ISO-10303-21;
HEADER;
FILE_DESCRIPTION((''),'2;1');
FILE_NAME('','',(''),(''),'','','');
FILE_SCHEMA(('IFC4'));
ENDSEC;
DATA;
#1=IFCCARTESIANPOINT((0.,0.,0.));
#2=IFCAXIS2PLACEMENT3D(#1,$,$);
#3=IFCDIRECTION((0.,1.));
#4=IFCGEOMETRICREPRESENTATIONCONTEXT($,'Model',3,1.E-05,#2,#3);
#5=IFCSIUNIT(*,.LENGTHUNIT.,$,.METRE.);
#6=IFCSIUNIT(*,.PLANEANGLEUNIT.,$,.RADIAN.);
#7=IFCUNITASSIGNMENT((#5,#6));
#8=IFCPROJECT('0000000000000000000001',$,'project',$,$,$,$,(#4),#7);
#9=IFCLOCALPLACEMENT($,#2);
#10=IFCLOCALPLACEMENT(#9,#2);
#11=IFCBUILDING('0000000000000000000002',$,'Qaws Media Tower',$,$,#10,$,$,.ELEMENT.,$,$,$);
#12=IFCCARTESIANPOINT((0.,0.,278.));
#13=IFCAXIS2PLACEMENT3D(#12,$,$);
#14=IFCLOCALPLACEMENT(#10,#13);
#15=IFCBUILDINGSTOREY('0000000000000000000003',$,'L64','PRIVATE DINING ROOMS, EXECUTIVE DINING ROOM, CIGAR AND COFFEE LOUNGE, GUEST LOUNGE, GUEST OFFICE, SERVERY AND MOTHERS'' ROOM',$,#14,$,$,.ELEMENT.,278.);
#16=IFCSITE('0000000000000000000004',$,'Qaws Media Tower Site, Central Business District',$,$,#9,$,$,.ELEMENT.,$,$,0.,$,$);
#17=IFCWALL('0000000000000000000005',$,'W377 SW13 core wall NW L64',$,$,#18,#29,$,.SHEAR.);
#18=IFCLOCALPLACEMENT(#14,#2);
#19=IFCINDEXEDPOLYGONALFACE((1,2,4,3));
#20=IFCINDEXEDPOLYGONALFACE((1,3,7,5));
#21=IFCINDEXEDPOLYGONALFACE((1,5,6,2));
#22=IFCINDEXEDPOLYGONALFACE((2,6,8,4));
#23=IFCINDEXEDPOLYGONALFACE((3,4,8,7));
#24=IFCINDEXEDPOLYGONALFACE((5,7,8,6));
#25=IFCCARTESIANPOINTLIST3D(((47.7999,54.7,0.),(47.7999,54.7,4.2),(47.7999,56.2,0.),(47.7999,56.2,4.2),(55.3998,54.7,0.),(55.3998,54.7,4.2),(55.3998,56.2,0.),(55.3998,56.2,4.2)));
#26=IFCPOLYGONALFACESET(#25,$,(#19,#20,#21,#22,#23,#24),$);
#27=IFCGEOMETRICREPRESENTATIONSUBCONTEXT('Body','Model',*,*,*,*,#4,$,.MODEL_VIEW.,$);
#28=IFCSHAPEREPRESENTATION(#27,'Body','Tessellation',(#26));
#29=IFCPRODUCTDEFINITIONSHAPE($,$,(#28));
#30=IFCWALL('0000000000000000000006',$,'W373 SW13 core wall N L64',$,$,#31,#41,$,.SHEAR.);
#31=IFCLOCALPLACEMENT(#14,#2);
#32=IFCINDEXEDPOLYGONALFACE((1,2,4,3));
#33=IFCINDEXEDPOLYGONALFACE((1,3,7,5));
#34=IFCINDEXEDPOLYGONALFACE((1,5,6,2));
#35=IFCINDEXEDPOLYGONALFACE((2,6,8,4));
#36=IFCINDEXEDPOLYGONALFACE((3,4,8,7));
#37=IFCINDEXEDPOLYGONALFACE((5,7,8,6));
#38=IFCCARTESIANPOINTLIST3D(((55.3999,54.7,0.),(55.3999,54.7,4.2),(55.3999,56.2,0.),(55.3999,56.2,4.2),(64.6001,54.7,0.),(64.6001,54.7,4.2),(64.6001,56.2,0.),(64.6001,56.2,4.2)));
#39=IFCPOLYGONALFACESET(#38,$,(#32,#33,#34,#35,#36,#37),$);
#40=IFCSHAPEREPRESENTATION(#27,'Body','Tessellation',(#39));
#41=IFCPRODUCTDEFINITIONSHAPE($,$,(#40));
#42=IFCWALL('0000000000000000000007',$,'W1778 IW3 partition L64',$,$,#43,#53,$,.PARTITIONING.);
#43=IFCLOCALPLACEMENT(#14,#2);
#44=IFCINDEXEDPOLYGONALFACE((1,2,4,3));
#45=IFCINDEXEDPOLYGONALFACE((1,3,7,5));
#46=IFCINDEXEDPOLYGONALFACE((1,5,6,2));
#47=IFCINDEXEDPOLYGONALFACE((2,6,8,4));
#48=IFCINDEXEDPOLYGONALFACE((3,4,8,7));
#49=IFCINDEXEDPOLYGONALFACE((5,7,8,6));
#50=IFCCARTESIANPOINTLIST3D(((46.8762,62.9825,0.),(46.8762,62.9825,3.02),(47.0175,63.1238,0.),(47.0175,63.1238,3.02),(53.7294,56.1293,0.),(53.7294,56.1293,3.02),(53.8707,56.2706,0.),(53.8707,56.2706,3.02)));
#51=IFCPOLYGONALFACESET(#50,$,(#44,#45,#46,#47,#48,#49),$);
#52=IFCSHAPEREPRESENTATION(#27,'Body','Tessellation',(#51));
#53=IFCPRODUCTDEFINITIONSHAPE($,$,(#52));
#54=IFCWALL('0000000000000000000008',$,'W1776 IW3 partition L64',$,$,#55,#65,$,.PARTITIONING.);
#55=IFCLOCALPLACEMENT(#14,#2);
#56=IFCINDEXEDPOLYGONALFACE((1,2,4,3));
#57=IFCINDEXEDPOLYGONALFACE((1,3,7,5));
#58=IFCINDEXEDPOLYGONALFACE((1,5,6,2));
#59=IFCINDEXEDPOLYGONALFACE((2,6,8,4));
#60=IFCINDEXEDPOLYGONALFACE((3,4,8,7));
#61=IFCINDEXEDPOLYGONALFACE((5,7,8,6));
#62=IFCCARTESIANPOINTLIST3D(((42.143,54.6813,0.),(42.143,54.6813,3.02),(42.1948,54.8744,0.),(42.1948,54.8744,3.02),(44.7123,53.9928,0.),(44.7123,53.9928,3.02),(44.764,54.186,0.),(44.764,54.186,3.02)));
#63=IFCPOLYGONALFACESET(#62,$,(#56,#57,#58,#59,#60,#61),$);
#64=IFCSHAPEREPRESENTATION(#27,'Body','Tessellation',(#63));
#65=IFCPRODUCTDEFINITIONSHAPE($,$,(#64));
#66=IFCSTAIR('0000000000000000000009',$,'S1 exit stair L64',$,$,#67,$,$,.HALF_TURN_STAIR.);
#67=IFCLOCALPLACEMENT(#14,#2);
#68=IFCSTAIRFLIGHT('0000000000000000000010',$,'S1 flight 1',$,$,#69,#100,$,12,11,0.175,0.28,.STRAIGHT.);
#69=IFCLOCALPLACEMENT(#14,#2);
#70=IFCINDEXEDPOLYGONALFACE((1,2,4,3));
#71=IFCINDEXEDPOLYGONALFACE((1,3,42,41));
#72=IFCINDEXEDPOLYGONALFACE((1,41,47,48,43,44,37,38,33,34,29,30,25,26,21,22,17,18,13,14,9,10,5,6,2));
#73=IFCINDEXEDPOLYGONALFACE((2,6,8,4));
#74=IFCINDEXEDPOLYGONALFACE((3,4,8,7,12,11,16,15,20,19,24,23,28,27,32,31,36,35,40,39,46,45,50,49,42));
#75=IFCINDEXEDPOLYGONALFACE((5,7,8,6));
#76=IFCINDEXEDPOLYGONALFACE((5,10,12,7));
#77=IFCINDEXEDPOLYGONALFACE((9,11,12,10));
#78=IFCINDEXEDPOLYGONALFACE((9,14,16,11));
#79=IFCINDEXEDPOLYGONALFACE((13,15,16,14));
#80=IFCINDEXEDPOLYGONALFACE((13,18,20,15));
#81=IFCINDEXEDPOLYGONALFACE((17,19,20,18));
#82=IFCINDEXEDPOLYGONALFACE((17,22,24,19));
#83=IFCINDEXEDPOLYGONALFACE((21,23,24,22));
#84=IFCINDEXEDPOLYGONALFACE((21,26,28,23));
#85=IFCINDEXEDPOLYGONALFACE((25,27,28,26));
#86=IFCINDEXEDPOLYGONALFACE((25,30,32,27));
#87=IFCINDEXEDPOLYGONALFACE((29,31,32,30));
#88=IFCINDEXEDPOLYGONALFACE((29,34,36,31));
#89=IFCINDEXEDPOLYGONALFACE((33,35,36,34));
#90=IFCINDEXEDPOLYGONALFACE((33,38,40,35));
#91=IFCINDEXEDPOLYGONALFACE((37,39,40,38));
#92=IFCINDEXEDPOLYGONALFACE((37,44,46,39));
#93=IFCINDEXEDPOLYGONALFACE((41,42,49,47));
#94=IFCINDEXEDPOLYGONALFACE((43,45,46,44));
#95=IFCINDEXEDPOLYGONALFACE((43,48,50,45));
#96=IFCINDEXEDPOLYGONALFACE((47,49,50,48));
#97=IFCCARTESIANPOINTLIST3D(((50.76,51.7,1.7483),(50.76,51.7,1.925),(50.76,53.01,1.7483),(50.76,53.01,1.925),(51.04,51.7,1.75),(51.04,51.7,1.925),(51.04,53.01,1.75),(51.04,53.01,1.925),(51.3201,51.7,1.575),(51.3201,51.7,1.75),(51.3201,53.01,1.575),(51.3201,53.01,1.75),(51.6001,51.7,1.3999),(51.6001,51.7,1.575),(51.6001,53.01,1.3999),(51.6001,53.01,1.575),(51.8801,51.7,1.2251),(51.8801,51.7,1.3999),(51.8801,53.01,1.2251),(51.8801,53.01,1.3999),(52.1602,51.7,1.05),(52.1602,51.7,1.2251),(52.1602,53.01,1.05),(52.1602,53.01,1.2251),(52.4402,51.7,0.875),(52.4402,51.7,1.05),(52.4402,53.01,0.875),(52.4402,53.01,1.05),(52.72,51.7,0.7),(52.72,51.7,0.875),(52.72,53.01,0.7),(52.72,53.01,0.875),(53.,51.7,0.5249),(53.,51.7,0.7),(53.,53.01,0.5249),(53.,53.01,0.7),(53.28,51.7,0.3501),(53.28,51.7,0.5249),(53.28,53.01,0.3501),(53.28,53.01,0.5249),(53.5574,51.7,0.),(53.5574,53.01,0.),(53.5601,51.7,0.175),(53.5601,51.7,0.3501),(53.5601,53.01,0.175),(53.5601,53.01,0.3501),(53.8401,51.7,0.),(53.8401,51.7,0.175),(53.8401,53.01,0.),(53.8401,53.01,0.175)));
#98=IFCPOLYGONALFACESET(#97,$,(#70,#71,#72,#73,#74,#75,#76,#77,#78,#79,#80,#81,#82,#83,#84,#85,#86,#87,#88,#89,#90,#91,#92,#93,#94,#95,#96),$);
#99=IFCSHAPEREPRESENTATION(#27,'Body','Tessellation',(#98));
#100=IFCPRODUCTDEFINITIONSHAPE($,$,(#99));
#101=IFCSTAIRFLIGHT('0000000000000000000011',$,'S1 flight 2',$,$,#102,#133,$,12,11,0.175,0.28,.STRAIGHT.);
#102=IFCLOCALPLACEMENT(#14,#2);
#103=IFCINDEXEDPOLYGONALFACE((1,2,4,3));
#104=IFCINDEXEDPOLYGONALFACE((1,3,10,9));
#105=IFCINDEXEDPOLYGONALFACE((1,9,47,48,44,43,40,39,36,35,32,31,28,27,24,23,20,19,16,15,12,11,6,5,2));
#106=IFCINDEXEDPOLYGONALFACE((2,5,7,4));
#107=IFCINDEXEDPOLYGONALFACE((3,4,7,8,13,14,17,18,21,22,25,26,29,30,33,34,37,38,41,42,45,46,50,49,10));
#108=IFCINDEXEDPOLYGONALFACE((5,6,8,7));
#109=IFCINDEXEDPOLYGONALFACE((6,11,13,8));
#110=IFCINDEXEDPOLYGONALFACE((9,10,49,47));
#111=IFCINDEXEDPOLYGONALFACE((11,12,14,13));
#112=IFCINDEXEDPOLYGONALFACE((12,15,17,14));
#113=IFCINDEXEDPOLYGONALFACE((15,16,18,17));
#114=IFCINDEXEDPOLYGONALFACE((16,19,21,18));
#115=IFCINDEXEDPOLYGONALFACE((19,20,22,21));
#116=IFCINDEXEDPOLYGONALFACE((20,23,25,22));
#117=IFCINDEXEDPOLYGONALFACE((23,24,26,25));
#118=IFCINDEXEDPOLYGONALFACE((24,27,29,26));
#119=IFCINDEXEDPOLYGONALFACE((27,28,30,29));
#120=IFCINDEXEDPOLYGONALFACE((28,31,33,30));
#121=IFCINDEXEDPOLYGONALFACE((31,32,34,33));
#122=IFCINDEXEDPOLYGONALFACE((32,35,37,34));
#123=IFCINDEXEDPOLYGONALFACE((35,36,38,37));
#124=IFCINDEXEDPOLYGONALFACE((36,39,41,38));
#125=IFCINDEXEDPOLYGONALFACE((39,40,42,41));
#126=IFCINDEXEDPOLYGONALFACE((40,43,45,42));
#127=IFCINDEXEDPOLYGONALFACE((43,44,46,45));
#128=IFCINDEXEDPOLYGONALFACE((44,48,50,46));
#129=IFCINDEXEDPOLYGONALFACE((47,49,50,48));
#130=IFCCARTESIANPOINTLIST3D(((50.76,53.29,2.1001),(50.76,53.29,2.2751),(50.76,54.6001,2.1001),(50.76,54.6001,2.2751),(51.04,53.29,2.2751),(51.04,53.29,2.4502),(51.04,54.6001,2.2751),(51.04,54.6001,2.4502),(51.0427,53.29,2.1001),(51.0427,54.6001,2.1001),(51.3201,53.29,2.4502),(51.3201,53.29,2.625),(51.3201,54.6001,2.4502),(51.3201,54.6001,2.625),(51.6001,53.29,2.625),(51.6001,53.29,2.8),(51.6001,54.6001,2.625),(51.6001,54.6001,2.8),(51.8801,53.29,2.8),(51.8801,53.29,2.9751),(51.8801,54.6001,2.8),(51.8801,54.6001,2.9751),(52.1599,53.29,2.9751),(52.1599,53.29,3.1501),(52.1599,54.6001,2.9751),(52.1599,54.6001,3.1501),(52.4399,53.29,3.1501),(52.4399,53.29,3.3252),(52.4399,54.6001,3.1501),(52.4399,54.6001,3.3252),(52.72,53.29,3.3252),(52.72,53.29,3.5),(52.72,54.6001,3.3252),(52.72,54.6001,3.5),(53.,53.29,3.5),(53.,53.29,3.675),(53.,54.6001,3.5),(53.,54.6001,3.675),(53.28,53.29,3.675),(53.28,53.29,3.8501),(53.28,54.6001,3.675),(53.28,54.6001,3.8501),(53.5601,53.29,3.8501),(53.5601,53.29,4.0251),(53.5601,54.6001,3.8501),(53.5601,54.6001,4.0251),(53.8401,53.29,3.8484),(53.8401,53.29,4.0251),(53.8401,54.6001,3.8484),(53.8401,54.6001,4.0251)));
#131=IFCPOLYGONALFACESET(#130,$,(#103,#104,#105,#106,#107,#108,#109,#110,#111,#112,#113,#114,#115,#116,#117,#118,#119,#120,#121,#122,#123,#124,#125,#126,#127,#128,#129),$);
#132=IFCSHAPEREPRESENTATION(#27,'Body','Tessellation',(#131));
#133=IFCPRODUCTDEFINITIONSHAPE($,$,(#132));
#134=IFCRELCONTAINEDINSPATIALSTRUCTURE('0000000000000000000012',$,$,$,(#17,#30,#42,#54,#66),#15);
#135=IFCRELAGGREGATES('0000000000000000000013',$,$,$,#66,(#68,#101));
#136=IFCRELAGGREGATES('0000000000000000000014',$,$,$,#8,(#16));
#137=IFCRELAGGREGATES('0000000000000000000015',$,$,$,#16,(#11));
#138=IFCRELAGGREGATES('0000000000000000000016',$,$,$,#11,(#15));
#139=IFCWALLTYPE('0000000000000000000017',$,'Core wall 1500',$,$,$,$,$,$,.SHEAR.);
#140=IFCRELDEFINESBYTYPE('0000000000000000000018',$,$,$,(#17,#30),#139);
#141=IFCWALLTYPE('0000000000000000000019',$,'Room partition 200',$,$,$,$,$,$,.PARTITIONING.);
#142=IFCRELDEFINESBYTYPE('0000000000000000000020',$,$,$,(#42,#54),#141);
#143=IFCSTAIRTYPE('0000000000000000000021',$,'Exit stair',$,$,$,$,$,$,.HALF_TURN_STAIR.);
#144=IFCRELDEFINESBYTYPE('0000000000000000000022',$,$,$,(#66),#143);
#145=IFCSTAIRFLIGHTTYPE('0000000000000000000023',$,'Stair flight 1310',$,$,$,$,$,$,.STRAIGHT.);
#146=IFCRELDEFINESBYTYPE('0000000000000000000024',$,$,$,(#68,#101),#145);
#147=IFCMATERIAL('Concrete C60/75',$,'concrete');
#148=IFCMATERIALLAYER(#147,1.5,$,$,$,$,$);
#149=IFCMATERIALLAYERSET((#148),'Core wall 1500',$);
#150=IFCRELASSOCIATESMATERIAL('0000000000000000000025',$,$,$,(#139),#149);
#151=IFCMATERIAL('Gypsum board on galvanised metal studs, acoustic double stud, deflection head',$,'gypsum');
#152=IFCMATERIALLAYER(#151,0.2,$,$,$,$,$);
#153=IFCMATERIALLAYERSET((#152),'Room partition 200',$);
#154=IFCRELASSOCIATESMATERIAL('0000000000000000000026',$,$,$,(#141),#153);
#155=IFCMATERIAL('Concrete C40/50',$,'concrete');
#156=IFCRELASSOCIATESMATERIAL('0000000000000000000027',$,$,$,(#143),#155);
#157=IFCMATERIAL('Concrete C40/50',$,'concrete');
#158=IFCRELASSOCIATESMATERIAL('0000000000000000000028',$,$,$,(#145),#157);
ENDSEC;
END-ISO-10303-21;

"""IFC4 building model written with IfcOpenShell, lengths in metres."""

from ifc_helpers import new_model, si_unit, direction, frame, frame_2d, origin, place, context, subcontext, project, spatial, polyline, rectangle, outline, extrude, material, layer, layer_set, type_object, element, aggregate, save


model = new_model("IFC4")

# Units and contexts
model_context = context("Model", 3, precision=1e-05, world=origin(), true_north=direction((0.0, 1.0)))
body_context = subcontext(model_context, "Body", "Model", "MODEL_VIEW")
ifc_project = project(units=[si_unit("LENGTHUNIT", "METRE"), si_unit("PLANEANGLEUNIT", "RADIAN")], contexts=[model_context])

# Site, building, storey
site_placement = place(None, origin())
site = spatial("IfcSite", under=ifc_project, at=site_placement, Name="Qaws Media Tower Site, Central Business District", CompositionType="ELEMENT", RefElevation=0.0)
building_placement = place(site_placement, origin())
building = spatial("IfcBuilding", under=site, at=building_placement, Name="Qaws Media Tower", CompositionType="ELEMENT")
storey_placement = place(building_placement, frame((0.0, 0.0, 278.0)))
storey = spatial("IfcBuildingStorey", under=building, at=storey_placement, Name="L64", Description="PRIVATE DINING ROOMS, EXECUTIVE DINING ROOM, CIGAR AND COFFEE LOUNGE, GUEST LOUNGE, GUEST OFFICE, SERVERY AND MOTHERS' ROOM", CompositionType="ELEMENT", Elevation=278.0)

# Walls
ifc_material_1 = material(Name="Concrete C60/75", Category="concrete")
ifc_layer_1 = layer(ifc_material_1, 1.5)
ifc_layer_set_1 = layer_set([ifc_layer_1], Name="Core wall 1500")
wall_type_1 = type_object("IfcWallType", Name="Core wall 1500", PredefinedType="SHEAR", material=ifc_layer_set_1)
wall_1_placement = place(storey_placement, frame((47.8, 55.45, 0.0), z_axis=(0.0, 0.0, 1.0), x_axis=(1.0, 0.0, 0.0)))
element("IfcWall", 1, at=wall_1_placement, inside=storey, type_object=wall_type_1, Name="W377 SW13 core wall NW L64", PredefinedType="SHEAR", context=body_context, shape_type="SweptSolid", body=[
    extrude(rectangle(XDim=7.5999, YDim=1.5, at=frame_2d((3.7998, 0.0))), origin(), (0.0, 0.0, 1.0), 4.2),
])
wall_2_placement = place(storey_placement, frame((55.3999, 55.45, 0.0), z_axis=(0.0, 0.0, 1.0), x_axis=(1.0, 0.0, 0.0)))
element("IfcWall", 2, at=wall_2_placement, inside=storey, type_object=wall_type_1, Name="W373 SW13 core wall N L64", PredefinedType="SHEAR", context=body_context, shape_type="SweptSolid", body=[
    extrude(rectangle(XDim=9.2002, YDim=1.5, at=frame_2d((4.6001, 0.0))), origin(), (0.0, 0.0, 1.0), 4.2),
])

# Shared definitions
ifc_material_2 = material(Name="Gypsum board on galvanised metal studs, acoustic double stud, deflection head", Category="gypsum")
ifc_layer_2 = layer(ifc_material_2, 0.2)
ifc_layer_set_2 = layer_set([ifc_layer_2], Name="Room partition 200")
wall_type_2 = type_object("IfcWallType", Name="Room partition 200", PredefinedType="PARTITIONING", material=ifc_layer_set_2)

# Walls
wall_3_placement = place(storey_placement, frame((53.8, 56.2, 0.0), z_axis=(0.0, 0.0, 1.0), x_axis=(-0.707107, 0.707107, 0.0)))
element("IfcWall", 3, at=wall_3_placement, inside=storey, type_object=wall_type_2, Name="W1778 IW3 partition L64", PredefinedType="PARTITIONING", context=body_context, shape_type="SweptSolid", body=[
    extrude(rectangle(XDim=9.6919, YDim=0.2, at=frame_2d((4.8459, 0.0))), origin(), (0.0, 0.0, 1.0), 3.02),
])
wall_4_placement = place(storey_placement, frame((44.7383, 54.0894, 0.0), z_axis=(0.0, 0.0, 1.0), x_axis=(-0.965923, 0.258828, 0.0)))
element("IfcWall", 4, at=wall_4_placement, inside=storey, type_object=wall_type_2, Name="W1776 IW3 partition L64", PredefinedType="PARTITIONING", context=body_context, shape_type="SweptSolid", body=[
    extrude(rectangle(XDim=2.6599, YDim=0.2, at=frame_2d((1.3301, 0.0))), origin(), (0.0, 0.0, 1.0), 3.02),
])

# Stair, stair flights
ifc_material_3 = material(Name="Concrete C40/50", Category="concrete")
stair_type = type_object("IfcStairType", Name="Exit stair", PredefinedType="HALF_TURN_STAIR", material=ifc_material_3)
stair_placement = place(storey_placement, origin())
stair = element("IfcStair", 5, at=stair_placement, inside=storey, type_object=stair_type, Name="S1 exit stair L64", PredefinedType="HALF_TURN_STAIR")
ifc_material_4 = material(Name="Concrete C40/50", Category="concrete")
stair_flight_type = type_object("IfcStairFlightType", Name="Stair flight 1310", PredefinedType="STRAIGHT", material=ifc_material_4)
stair_flight_1_placement = place(storey_placement, frame((53.8401, 52.355, 0.0), z_axis=(0.0, 0.0, 1.0), x_axis=(-1.0, 0.0, 0.0)))
stair_flight_1 = element("IfcStairFlight", 6, at=stair_flight_1_placement, type_object=stair_flight_type, Name="S1 flight 1", NumberOfRisers=12, NumberOfTreads=11, PredefinedType="STRAIGHT", RiserHeight=0.175, TreadLength=0.28, context=body_context, shape_type="SweptSolid", body=[
    extrude(outline(polyline([(0.0, 0.0), (0.0, 0.175), (0.28, 0.175), (0.28, 0.3501), (0.5601, 0.3501), (0.5601, 0.5249), (0.8401, 0.5249), (0.8401, 0.7), (1.1201, 0.7), (1.1201, 0.875), (1.3999, 0.875), (1.3999, 1.05), (1.6799, 1.05), (1.6799, 1.2251), (1.96, 1.2251), (1.96, 1.3999), (2.24, 1.3999), (2.24, 1.575), (2.52, 1.575), (2.52, 1.75), (2.8, 1.75), (2.8, 1.925), (3.0801, 1.925), (3.0801, 2.1001), (3.0801, 1.7483), (0.2827, 0.0), (0.0, 0.0)])), frame((0.0, 0.655, 0.0), z_axis=(0.0, -1.0, 0.0), x_axis=(1.0, 0.0, 0.0)), (0.0, 0.0, 1.0), 1.3101),
])
stair_flight_2_placement = place(storey_placement, frame((50.76, 53.9451, 2.1001), z_axis=(0.0, 0.0, 1.0), x_axis=(1.0, 0.0, 0.0)))
stair_flight_2 = element("IfcStairFlight", 7, at=stair_flight_2_placement, type_object=stair_flight_type, Name="S1 flight 2", NumberOfRisers=12, NumberOfTreads=11, PredefinedType="STRAIGHT", RiserHeight=0.175, TreadLength=0.28, context=body_context, shape_type="SweptSolid", body=[
    extrude(outline(polyline([(0.0, 0.0), (0.0, 0.175), (0.28, 0.175), (0.28, 0.3501), (0.5601, 0.3501), (0.5601, 0.5249), (0.8401, 0.5249), (0.8401, 0.7), (1.1201, 0.7), (1.1201, 0.875), (1.3999, 0.875), (1.3999, 1.05), (1.6799, 1.05), (1.6799, 1.2251), (1.96, 1.2251), (1.96, 1.3999), (2.24, 1.3999), (2.24, 1.575), (2.52, 1.575), (2.52, 1.75), (2.8, 1.75), (2.8, 1.925), (3.0801, 1.925), (3.0801, 2.1001), (3.0801, 1.7483), (0.2827, 0.0), (0.0, 0.0)])), frame((0.0, 0.655, 0.0), z_axis=(0.0, -1.0, 0.0), x_axis=(1.0, 0.0, 0.0)), (0.0, 0.0, 1.0), 1.3101),
])
aggregate(stair, [stair_flight_1, stair_flight_2])

save(model, "model.ifc")
